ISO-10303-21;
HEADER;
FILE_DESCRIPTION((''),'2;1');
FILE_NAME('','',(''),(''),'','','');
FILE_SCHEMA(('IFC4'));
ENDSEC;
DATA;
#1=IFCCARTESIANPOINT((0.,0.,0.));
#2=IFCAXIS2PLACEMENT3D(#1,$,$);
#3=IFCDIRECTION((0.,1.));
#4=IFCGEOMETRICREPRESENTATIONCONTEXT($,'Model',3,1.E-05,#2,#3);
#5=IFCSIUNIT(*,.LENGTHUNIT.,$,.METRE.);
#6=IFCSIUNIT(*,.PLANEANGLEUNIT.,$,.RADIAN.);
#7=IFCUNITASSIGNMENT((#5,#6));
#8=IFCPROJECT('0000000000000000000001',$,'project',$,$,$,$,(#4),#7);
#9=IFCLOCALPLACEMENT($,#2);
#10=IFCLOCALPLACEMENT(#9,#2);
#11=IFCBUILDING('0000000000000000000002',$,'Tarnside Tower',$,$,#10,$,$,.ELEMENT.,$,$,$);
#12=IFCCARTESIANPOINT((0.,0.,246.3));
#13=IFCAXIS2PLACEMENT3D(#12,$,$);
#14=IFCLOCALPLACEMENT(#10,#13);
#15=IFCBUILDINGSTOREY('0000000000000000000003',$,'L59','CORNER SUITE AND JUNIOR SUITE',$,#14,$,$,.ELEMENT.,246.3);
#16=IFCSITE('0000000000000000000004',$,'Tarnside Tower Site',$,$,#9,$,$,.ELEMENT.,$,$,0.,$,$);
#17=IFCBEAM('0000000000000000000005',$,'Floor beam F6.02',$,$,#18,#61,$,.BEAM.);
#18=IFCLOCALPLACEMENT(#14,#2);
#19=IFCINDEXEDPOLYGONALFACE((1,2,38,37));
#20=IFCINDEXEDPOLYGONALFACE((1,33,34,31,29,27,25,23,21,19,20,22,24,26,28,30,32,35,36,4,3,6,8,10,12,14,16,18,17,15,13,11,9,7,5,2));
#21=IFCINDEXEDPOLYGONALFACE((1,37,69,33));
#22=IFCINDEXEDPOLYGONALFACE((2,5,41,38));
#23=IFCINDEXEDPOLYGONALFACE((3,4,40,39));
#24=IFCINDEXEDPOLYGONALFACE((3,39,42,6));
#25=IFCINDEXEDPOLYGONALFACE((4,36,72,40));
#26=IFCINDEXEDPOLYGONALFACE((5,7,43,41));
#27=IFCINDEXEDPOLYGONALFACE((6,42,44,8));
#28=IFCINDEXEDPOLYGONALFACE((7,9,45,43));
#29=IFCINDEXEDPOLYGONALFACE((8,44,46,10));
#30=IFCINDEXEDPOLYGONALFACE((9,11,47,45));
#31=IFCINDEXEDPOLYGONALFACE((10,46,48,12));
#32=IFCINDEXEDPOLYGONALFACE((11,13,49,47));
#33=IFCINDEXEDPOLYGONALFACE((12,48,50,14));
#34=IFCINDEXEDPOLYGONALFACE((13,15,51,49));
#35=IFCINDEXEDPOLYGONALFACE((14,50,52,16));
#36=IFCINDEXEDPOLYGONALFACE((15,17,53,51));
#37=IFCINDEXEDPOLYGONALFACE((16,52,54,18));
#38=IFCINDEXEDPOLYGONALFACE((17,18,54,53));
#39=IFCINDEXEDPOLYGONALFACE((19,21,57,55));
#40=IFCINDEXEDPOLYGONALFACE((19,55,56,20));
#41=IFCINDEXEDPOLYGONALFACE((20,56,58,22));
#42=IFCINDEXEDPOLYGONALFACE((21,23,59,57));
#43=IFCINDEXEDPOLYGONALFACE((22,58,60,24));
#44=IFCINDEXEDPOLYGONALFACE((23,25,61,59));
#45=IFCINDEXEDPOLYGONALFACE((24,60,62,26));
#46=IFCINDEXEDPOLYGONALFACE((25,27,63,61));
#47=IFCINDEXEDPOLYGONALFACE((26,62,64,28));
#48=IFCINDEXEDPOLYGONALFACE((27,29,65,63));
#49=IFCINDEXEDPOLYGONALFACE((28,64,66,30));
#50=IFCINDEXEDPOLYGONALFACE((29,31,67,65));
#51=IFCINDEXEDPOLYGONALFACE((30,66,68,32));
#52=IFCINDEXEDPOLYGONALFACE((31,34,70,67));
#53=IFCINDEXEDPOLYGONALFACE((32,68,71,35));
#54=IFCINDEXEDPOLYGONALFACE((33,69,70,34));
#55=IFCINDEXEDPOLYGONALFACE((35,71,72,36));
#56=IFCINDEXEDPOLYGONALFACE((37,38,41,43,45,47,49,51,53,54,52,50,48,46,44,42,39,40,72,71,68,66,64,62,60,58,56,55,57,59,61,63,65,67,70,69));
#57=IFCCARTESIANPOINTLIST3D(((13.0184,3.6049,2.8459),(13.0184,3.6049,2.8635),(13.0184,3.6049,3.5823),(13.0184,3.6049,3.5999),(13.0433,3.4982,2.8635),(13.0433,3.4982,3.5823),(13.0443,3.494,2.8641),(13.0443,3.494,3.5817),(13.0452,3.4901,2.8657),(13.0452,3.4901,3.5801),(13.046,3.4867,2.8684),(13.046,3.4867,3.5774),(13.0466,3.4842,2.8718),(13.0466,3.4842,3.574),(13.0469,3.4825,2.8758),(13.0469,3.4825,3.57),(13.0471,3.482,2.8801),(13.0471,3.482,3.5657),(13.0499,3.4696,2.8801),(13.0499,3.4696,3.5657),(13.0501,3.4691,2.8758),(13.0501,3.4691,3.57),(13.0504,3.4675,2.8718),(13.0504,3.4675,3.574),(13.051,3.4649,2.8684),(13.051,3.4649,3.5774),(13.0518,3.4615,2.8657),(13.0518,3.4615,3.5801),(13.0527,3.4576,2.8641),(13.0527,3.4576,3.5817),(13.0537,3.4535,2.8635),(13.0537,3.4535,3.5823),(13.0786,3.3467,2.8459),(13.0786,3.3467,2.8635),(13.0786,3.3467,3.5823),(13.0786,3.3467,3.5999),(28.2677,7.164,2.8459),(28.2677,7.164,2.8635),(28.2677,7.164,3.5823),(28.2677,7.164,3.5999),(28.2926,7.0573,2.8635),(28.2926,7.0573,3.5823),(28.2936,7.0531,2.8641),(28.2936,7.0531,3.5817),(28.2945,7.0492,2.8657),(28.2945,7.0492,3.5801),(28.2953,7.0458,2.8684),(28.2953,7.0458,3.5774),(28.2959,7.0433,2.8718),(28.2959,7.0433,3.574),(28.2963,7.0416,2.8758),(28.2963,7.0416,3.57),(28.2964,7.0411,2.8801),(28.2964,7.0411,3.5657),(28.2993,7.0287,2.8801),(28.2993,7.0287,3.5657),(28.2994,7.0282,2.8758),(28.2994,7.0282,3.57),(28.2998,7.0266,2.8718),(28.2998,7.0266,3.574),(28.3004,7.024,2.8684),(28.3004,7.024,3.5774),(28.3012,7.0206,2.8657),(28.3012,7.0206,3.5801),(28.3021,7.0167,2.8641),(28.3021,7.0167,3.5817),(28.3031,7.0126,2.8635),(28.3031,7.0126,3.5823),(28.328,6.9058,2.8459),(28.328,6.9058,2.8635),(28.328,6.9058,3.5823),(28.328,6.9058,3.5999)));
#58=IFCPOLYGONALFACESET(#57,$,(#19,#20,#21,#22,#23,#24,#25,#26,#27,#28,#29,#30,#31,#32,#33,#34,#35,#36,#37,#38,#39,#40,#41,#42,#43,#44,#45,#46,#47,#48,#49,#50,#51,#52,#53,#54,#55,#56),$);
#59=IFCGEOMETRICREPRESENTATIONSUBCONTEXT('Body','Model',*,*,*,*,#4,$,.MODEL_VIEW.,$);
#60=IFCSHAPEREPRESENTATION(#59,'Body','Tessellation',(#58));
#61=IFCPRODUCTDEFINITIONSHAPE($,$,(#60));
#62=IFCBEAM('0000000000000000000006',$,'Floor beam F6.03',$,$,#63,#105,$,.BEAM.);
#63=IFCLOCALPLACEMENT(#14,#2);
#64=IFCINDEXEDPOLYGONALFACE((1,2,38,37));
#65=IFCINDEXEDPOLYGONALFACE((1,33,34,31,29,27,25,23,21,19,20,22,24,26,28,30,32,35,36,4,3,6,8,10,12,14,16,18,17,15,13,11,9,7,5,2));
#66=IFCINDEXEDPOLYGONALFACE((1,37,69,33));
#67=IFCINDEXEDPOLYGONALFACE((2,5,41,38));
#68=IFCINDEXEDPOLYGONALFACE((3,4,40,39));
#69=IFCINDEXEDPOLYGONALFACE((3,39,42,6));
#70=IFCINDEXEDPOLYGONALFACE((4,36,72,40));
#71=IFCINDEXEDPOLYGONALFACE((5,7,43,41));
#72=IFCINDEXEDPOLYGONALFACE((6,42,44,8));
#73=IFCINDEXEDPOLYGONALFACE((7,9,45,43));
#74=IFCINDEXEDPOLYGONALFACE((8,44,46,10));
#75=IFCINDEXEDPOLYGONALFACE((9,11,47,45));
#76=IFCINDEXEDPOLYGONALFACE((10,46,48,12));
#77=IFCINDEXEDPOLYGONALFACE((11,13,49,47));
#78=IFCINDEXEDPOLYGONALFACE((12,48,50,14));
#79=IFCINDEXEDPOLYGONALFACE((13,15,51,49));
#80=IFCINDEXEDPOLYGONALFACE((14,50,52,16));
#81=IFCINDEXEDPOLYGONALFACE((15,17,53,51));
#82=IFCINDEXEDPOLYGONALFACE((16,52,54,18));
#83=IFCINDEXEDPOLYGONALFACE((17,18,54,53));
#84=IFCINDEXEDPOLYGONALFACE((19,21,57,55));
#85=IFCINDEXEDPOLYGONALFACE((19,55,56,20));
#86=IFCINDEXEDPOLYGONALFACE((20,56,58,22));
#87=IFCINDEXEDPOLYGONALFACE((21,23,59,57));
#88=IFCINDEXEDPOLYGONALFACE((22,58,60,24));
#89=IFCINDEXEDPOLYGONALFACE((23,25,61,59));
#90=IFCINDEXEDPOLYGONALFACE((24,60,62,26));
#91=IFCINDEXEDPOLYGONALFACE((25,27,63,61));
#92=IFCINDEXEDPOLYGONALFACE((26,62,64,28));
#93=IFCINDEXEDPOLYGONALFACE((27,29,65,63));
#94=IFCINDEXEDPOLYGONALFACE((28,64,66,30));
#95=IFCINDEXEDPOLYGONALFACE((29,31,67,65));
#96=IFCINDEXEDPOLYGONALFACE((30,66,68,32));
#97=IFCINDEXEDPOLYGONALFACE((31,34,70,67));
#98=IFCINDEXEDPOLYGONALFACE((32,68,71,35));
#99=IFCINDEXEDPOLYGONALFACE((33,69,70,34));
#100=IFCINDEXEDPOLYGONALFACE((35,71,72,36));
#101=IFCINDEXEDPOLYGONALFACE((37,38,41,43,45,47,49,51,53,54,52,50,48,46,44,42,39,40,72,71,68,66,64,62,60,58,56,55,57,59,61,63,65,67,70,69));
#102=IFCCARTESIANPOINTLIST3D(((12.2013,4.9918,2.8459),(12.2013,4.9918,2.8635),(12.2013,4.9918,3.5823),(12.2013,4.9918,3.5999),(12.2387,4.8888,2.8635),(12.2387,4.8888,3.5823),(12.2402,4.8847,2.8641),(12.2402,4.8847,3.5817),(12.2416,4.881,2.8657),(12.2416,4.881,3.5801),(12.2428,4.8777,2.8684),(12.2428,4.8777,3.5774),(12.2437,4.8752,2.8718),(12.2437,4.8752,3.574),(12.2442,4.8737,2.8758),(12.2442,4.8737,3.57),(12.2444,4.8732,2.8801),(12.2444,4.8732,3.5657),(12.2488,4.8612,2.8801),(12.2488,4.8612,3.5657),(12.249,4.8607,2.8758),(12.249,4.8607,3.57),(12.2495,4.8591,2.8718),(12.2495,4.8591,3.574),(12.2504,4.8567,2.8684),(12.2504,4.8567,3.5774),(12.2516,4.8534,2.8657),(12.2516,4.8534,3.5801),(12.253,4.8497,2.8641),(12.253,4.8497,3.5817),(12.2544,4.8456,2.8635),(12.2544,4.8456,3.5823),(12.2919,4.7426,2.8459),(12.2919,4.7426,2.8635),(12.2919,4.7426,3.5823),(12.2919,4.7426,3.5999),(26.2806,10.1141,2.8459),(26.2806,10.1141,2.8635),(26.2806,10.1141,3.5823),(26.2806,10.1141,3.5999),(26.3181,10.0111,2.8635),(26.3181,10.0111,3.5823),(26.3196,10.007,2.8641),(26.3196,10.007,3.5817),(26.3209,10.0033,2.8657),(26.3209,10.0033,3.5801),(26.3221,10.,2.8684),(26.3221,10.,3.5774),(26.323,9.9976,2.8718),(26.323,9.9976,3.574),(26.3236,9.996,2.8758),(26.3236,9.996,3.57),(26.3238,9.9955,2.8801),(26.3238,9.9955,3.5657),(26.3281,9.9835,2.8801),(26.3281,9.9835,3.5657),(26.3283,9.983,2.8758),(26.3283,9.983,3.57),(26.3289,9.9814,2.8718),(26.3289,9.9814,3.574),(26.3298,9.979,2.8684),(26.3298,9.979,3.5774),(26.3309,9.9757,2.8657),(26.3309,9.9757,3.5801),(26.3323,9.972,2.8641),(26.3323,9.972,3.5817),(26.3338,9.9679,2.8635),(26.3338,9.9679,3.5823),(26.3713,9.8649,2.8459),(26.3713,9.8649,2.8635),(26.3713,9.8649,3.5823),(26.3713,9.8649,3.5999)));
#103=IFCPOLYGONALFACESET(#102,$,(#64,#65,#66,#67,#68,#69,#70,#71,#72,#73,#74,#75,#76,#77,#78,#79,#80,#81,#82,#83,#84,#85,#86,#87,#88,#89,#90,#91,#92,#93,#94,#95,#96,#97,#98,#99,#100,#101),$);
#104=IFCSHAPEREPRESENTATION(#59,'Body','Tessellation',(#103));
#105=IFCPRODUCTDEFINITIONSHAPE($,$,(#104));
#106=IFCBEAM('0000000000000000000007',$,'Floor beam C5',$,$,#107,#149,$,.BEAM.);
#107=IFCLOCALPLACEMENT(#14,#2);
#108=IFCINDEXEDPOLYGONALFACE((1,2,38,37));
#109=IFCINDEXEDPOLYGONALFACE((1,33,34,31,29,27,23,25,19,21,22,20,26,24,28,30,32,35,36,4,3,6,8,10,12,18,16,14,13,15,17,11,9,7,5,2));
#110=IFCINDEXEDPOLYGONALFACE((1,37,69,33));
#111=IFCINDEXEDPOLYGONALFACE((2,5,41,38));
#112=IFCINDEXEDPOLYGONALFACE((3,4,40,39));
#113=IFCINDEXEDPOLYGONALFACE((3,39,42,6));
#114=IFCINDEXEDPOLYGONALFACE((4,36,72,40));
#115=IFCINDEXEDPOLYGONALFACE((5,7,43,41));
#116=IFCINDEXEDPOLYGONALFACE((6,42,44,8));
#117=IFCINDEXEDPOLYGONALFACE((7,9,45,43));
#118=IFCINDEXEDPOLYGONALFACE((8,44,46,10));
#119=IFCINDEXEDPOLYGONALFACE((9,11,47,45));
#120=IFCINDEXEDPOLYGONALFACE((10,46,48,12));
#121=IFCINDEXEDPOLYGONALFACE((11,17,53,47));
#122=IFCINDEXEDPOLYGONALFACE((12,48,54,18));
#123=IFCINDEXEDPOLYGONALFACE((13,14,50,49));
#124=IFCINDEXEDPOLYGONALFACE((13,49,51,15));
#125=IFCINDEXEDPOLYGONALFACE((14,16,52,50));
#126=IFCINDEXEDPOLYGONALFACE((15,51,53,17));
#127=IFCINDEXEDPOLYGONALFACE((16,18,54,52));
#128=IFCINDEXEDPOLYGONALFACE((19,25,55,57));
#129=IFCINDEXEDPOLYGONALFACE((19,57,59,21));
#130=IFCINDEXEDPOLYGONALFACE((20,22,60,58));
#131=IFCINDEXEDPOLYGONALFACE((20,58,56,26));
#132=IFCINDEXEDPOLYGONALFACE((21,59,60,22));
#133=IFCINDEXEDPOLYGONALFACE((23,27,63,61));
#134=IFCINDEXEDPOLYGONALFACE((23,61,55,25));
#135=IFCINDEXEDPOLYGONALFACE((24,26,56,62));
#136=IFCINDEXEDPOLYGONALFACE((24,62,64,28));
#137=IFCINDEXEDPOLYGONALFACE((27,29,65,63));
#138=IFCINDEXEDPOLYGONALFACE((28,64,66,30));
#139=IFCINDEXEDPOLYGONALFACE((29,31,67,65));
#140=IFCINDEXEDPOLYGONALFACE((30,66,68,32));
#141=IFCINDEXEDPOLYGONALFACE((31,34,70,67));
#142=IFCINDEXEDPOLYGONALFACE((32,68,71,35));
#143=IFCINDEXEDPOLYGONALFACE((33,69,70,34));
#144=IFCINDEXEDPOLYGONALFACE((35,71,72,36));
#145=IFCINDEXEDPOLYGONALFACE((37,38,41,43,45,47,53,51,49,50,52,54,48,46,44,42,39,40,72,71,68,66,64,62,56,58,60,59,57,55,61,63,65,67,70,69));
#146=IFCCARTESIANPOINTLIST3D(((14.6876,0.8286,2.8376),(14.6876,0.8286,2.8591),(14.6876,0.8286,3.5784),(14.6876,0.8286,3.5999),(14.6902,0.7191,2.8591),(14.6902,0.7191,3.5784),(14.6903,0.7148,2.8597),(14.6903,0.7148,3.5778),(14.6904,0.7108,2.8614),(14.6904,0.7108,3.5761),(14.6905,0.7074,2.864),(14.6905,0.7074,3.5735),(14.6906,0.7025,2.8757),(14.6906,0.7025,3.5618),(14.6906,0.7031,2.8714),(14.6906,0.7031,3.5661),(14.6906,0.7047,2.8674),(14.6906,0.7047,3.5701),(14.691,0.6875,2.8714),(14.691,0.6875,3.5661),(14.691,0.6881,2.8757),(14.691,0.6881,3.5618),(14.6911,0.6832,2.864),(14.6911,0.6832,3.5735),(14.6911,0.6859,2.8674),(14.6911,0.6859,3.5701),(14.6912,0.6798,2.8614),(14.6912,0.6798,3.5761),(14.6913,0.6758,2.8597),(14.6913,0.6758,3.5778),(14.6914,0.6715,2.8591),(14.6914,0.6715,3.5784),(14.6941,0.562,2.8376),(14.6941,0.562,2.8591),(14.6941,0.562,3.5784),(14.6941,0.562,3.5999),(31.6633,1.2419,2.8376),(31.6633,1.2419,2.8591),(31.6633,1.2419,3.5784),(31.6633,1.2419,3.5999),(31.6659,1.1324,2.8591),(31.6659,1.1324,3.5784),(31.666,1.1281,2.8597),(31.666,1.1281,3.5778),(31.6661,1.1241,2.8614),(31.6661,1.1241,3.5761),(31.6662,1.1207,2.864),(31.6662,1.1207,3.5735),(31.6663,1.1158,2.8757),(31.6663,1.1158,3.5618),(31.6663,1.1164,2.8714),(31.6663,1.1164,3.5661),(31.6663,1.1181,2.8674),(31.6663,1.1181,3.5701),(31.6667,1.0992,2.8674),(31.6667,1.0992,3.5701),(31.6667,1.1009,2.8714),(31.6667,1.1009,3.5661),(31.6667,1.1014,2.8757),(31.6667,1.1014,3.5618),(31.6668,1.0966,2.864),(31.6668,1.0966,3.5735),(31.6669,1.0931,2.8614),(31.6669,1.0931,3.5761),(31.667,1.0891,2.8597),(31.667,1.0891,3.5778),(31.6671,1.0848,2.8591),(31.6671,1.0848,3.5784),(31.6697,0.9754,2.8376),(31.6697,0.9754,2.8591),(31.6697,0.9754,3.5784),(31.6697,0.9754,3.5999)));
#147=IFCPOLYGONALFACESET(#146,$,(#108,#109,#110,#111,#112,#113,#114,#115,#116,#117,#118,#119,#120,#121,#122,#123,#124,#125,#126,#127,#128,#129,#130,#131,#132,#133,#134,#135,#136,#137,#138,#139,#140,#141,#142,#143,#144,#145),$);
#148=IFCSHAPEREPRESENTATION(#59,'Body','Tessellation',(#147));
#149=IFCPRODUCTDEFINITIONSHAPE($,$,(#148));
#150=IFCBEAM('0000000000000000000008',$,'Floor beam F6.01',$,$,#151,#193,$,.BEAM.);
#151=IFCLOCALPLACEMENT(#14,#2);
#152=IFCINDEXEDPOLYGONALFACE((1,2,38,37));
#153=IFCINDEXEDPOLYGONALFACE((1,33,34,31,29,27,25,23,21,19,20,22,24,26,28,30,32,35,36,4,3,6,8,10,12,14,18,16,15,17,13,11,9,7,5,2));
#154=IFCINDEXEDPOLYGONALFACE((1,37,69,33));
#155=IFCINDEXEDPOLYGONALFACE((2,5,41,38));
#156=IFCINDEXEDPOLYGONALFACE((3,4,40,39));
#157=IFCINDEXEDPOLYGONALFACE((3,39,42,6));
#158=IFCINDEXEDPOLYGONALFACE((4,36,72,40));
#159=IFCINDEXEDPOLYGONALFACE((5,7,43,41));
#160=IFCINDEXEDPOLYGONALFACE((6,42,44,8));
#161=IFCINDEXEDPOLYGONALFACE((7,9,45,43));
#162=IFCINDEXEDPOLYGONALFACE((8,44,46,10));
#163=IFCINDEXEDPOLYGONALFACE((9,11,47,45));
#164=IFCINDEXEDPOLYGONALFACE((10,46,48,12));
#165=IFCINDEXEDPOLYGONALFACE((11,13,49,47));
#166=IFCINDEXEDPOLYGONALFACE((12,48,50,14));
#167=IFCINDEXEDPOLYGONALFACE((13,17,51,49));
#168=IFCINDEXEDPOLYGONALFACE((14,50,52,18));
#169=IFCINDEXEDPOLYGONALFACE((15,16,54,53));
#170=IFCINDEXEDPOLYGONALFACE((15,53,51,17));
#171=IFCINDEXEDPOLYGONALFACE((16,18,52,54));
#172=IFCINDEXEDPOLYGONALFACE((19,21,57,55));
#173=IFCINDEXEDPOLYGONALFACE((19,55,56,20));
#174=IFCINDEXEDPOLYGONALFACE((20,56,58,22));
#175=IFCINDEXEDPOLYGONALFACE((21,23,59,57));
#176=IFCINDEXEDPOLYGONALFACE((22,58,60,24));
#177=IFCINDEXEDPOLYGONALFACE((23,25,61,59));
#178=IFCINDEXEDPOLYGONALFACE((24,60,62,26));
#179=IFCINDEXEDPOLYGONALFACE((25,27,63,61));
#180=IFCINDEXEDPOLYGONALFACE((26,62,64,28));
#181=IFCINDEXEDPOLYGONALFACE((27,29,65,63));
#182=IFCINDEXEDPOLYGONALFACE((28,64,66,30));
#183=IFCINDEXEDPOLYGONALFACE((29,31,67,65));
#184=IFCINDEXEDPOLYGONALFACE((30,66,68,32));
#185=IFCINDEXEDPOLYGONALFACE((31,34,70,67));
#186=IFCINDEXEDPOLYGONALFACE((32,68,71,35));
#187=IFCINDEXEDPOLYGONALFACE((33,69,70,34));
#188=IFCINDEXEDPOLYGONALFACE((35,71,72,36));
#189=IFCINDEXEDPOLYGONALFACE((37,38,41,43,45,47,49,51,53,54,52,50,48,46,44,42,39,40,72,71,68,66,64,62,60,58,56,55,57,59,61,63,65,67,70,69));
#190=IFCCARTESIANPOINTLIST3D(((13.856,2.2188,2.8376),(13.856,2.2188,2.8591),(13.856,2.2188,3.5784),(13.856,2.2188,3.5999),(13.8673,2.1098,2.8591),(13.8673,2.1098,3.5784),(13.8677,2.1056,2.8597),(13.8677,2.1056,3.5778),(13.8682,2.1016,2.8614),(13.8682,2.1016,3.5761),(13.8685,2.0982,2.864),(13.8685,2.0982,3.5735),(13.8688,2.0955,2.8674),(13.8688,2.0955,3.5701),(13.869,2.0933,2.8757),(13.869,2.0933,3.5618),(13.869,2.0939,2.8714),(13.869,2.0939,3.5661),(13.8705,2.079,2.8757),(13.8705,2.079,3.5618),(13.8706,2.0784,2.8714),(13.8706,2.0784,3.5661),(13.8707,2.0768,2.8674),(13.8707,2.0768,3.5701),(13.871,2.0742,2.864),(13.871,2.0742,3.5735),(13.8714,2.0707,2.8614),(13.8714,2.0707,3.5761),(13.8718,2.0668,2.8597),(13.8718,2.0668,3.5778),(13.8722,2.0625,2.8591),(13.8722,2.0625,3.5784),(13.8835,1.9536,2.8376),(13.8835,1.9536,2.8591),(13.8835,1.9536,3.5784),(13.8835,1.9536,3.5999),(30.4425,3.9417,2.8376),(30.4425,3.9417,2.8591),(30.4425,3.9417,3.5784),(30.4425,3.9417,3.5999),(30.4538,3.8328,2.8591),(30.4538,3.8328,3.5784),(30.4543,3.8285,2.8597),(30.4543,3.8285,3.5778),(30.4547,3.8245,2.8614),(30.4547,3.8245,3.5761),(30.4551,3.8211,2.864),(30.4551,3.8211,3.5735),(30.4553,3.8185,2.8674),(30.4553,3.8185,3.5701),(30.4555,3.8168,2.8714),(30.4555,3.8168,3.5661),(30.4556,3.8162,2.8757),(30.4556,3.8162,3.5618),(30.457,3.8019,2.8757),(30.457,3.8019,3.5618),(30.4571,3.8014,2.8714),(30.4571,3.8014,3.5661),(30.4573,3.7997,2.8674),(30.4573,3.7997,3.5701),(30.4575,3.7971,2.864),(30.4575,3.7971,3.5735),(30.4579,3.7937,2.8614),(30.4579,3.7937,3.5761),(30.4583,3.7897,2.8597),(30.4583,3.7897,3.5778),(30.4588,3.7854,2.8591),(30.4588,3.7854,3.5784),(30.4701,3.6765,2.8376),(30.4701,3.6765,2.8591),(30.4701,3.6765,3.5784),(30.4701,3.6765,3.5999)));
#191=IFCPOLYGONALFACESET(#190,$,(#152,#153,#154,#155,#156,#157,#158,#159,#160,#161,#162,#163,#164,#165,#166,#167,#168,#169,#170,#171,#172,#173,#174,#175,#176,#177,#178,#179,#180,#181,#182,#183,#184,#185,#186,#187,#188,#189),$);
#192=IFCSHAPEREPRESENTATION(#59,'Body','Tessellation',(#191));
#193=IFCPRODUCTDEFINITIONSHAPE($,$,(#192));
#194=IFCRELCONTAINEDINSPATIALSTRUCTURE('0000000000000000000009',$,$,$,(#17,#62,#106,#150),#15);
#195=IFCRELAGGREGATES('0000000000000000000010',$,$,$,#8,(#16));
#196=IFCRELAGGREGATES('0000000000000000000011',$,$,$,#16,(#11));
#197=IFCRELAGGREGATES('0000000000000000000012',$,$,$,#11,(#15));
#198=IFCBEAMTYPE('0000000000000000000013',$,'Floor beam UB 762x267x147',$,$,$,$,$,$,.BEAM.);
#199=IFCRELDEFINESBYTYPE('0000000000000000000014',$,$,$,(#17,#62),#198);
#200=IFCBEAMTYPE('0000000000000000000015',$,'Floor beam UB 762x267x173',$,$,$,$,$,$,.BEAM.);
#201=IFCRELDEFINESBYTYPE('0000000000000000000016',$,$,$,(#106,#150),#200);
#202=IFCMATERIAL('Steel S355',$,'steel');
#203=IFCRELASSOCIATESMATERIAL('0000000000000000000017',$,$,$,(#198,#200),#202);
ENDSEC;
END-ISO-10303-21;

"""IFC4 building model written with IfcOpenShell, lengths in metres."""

from ifc_helpers import new_model, si_unit, direction, frame, origin, origin_2d, place, context, subcontext, project, spatial, i_section, extrude, material, material_profile, profile_set, type_object, element, save


model = new_model("IFC4")

# Units and contexts
model_context = context("Model", 3, precision=1e-05, world=origin(), true_north=direction((0.0, 1.0)))
body_context = subcontext(model_context, "Body", "Model", "MODEL_VIEW")
ifc_project = project(units=[si_unit("LENGTHUNIT", "METRE"), si_unit("PLANEANGLEUNIT", "RADIAN")], contexts=[model_context])

# Site, building, storey
site_placement = place(None, origin())
site = spatial("IfcSite", under=ifc_project, at=site_placement, Name="Tarnside Tower Site", CompositionType="ELEMENT", RefElevation=0.0)
building_placement = place(site_placement, origin())
building = spatial("IfcBuilding", under=site, at=building_placement, Name="Tarnside Tower", CompositionType="ELEMENT")
storey_placement = place(building_placement, frame((0.0, 0.0, 246.3)))
storey = spatial("IfcBuildingStorey", under=building, at=storey_placement, Name="L59", Description="CORNER SUITE AND JUNIOR SUITE", CompositionType="ELEMENT", Elevation=246.3)

# Beams
ifc_material_1 = material(Name="Steel S355", Category="steel")
ifc_material_profile_1 = material_profile(ifc_material_1, i_section(OverallWidth=0.2651, OverallDepth=0.7539, WebThickness=0.0127, FlangeThickness=0.0176, FilletRadius=0.0166, at=origin_2d()), Name="UB 762x267x147")
ifc_profile_set_1 = profile_set([ifc_material_profile_1], Name="Steel S355")
beam_type_1 = type_object("IfcBeamType", Name="Floor beam UB 762x267x147", PredefinedType="BEAM", material=ifc_profile_set_1)
beam_1_placement = place(storey_placement, frame((28.2979, 7.0349, 3.2229), z_axis=(-0.973828, -0.227285, 0.0), x_axis=(0.227285, -0.973828, 0.0)))
element("IfcBeam", 1, at=beam_1_placement, inside=storey, type_object=beam_type_1, Name="Floor beam F6.02", PredefinedType="BEAM", context=body_context, shape_type="SweptSolid", body=[
    extrude(i_section(OverallWidth=0.2651, OverallDepth=0.7539, WebThickness=0.0127, FlangeThickness=0.0176, FilletRadius=0.0166, at=origin_2d()), origin(), (0.0, 0.0, 1.0), 15.6592),
])
beam_2_placement = place(storey_placement, frame((26.3259, 9.9895, 3.2229), z_axis=(-0.939739, -0.341894, 0.0), x_axis=(0.341894, -0.939739, 0.0)))
element("IfcBeam", 2, at=beam_2_placement, inside=storey, type_object=beam_type_1, Name="Floor beam F6.03", PredefinedType="BEAM", context=body_context, shape_type="SweptSolid", body=[
    extrude(i_section(OverallWidth=0.2651, OverallDepth=0.7539, WebThickness=0.0127, FlangeThickness=0.0176, FilletRadius=0.0166, at=origin_2d()), origin(), (0.0, 0.0, 1.0), 14.9822),
])
ifc_material_profile_2 = material_profile(ifc_material_1, i_section(OverallWidth=0.2666, OverallDepth=0.7622, WebThickness=0.0144, FlangeThickness=0.0215, FilletRadius=0.0166, at=origin_2d()), Name="UB 762x267x173")
ifc_profile_set_2 = profile_set([ifc_material_profile_2], Name="Steel S355")
beam_type_2 = type_object("IfcBeamType", Name="Floor beam UB 762x267x173", PredefinedType="BEAM", material=ifc_profile_set_2)
beam_3_placement = place(storey_placement, frame((31.6665, 1.1086, 3.2188), z_axis=(-0.999704, -0.024341, 0.0), x_axis=(0.024341, -0.999704, 0.0)))
element("IfcBeam", 3, at=beam_3_placement, inside=storey, type_object=beam_type_2, Name="Floor beam C5", PredefinedType="BEAM", context=body_context, shape_type="SweptSolid", body=[
    extrude(i_section(OverallWidth=0.2666, OverallDepth=0.7622, WebThickness=0.0144, FlangeThickness=0.0215, FilletRadius=0.0166, at=origin_2d()), origin(), (0.0, 0.0, 1.0), 16.9807),
])
beam_4_placement = place(storey_placement, frame((30.4563, 3.8091, 3.2188), z_axis=(-0.994648, -0.103318, 0.0), x_axis=(0.103318, -0.994648, 0.0)))
element("IfcBeam", 4, at=beam_4_placement, inside=storey, type_object=beam_type_2, Name="Floor beam F6.01", PredefinedType="BEAM", context=body_context, shape_type="SweptSolid", body=[
    extrude(i_section(OverallWidth=0.2666, OverallDepth=0.7622, WebThickness=0.0144, FlangeThickness=0.0215, FilletRadius=0.0166, at=origin_2d()), origin(), (0.0, 0.0, 1.0), 16.6758),
])

save(model, "model.ifc")
